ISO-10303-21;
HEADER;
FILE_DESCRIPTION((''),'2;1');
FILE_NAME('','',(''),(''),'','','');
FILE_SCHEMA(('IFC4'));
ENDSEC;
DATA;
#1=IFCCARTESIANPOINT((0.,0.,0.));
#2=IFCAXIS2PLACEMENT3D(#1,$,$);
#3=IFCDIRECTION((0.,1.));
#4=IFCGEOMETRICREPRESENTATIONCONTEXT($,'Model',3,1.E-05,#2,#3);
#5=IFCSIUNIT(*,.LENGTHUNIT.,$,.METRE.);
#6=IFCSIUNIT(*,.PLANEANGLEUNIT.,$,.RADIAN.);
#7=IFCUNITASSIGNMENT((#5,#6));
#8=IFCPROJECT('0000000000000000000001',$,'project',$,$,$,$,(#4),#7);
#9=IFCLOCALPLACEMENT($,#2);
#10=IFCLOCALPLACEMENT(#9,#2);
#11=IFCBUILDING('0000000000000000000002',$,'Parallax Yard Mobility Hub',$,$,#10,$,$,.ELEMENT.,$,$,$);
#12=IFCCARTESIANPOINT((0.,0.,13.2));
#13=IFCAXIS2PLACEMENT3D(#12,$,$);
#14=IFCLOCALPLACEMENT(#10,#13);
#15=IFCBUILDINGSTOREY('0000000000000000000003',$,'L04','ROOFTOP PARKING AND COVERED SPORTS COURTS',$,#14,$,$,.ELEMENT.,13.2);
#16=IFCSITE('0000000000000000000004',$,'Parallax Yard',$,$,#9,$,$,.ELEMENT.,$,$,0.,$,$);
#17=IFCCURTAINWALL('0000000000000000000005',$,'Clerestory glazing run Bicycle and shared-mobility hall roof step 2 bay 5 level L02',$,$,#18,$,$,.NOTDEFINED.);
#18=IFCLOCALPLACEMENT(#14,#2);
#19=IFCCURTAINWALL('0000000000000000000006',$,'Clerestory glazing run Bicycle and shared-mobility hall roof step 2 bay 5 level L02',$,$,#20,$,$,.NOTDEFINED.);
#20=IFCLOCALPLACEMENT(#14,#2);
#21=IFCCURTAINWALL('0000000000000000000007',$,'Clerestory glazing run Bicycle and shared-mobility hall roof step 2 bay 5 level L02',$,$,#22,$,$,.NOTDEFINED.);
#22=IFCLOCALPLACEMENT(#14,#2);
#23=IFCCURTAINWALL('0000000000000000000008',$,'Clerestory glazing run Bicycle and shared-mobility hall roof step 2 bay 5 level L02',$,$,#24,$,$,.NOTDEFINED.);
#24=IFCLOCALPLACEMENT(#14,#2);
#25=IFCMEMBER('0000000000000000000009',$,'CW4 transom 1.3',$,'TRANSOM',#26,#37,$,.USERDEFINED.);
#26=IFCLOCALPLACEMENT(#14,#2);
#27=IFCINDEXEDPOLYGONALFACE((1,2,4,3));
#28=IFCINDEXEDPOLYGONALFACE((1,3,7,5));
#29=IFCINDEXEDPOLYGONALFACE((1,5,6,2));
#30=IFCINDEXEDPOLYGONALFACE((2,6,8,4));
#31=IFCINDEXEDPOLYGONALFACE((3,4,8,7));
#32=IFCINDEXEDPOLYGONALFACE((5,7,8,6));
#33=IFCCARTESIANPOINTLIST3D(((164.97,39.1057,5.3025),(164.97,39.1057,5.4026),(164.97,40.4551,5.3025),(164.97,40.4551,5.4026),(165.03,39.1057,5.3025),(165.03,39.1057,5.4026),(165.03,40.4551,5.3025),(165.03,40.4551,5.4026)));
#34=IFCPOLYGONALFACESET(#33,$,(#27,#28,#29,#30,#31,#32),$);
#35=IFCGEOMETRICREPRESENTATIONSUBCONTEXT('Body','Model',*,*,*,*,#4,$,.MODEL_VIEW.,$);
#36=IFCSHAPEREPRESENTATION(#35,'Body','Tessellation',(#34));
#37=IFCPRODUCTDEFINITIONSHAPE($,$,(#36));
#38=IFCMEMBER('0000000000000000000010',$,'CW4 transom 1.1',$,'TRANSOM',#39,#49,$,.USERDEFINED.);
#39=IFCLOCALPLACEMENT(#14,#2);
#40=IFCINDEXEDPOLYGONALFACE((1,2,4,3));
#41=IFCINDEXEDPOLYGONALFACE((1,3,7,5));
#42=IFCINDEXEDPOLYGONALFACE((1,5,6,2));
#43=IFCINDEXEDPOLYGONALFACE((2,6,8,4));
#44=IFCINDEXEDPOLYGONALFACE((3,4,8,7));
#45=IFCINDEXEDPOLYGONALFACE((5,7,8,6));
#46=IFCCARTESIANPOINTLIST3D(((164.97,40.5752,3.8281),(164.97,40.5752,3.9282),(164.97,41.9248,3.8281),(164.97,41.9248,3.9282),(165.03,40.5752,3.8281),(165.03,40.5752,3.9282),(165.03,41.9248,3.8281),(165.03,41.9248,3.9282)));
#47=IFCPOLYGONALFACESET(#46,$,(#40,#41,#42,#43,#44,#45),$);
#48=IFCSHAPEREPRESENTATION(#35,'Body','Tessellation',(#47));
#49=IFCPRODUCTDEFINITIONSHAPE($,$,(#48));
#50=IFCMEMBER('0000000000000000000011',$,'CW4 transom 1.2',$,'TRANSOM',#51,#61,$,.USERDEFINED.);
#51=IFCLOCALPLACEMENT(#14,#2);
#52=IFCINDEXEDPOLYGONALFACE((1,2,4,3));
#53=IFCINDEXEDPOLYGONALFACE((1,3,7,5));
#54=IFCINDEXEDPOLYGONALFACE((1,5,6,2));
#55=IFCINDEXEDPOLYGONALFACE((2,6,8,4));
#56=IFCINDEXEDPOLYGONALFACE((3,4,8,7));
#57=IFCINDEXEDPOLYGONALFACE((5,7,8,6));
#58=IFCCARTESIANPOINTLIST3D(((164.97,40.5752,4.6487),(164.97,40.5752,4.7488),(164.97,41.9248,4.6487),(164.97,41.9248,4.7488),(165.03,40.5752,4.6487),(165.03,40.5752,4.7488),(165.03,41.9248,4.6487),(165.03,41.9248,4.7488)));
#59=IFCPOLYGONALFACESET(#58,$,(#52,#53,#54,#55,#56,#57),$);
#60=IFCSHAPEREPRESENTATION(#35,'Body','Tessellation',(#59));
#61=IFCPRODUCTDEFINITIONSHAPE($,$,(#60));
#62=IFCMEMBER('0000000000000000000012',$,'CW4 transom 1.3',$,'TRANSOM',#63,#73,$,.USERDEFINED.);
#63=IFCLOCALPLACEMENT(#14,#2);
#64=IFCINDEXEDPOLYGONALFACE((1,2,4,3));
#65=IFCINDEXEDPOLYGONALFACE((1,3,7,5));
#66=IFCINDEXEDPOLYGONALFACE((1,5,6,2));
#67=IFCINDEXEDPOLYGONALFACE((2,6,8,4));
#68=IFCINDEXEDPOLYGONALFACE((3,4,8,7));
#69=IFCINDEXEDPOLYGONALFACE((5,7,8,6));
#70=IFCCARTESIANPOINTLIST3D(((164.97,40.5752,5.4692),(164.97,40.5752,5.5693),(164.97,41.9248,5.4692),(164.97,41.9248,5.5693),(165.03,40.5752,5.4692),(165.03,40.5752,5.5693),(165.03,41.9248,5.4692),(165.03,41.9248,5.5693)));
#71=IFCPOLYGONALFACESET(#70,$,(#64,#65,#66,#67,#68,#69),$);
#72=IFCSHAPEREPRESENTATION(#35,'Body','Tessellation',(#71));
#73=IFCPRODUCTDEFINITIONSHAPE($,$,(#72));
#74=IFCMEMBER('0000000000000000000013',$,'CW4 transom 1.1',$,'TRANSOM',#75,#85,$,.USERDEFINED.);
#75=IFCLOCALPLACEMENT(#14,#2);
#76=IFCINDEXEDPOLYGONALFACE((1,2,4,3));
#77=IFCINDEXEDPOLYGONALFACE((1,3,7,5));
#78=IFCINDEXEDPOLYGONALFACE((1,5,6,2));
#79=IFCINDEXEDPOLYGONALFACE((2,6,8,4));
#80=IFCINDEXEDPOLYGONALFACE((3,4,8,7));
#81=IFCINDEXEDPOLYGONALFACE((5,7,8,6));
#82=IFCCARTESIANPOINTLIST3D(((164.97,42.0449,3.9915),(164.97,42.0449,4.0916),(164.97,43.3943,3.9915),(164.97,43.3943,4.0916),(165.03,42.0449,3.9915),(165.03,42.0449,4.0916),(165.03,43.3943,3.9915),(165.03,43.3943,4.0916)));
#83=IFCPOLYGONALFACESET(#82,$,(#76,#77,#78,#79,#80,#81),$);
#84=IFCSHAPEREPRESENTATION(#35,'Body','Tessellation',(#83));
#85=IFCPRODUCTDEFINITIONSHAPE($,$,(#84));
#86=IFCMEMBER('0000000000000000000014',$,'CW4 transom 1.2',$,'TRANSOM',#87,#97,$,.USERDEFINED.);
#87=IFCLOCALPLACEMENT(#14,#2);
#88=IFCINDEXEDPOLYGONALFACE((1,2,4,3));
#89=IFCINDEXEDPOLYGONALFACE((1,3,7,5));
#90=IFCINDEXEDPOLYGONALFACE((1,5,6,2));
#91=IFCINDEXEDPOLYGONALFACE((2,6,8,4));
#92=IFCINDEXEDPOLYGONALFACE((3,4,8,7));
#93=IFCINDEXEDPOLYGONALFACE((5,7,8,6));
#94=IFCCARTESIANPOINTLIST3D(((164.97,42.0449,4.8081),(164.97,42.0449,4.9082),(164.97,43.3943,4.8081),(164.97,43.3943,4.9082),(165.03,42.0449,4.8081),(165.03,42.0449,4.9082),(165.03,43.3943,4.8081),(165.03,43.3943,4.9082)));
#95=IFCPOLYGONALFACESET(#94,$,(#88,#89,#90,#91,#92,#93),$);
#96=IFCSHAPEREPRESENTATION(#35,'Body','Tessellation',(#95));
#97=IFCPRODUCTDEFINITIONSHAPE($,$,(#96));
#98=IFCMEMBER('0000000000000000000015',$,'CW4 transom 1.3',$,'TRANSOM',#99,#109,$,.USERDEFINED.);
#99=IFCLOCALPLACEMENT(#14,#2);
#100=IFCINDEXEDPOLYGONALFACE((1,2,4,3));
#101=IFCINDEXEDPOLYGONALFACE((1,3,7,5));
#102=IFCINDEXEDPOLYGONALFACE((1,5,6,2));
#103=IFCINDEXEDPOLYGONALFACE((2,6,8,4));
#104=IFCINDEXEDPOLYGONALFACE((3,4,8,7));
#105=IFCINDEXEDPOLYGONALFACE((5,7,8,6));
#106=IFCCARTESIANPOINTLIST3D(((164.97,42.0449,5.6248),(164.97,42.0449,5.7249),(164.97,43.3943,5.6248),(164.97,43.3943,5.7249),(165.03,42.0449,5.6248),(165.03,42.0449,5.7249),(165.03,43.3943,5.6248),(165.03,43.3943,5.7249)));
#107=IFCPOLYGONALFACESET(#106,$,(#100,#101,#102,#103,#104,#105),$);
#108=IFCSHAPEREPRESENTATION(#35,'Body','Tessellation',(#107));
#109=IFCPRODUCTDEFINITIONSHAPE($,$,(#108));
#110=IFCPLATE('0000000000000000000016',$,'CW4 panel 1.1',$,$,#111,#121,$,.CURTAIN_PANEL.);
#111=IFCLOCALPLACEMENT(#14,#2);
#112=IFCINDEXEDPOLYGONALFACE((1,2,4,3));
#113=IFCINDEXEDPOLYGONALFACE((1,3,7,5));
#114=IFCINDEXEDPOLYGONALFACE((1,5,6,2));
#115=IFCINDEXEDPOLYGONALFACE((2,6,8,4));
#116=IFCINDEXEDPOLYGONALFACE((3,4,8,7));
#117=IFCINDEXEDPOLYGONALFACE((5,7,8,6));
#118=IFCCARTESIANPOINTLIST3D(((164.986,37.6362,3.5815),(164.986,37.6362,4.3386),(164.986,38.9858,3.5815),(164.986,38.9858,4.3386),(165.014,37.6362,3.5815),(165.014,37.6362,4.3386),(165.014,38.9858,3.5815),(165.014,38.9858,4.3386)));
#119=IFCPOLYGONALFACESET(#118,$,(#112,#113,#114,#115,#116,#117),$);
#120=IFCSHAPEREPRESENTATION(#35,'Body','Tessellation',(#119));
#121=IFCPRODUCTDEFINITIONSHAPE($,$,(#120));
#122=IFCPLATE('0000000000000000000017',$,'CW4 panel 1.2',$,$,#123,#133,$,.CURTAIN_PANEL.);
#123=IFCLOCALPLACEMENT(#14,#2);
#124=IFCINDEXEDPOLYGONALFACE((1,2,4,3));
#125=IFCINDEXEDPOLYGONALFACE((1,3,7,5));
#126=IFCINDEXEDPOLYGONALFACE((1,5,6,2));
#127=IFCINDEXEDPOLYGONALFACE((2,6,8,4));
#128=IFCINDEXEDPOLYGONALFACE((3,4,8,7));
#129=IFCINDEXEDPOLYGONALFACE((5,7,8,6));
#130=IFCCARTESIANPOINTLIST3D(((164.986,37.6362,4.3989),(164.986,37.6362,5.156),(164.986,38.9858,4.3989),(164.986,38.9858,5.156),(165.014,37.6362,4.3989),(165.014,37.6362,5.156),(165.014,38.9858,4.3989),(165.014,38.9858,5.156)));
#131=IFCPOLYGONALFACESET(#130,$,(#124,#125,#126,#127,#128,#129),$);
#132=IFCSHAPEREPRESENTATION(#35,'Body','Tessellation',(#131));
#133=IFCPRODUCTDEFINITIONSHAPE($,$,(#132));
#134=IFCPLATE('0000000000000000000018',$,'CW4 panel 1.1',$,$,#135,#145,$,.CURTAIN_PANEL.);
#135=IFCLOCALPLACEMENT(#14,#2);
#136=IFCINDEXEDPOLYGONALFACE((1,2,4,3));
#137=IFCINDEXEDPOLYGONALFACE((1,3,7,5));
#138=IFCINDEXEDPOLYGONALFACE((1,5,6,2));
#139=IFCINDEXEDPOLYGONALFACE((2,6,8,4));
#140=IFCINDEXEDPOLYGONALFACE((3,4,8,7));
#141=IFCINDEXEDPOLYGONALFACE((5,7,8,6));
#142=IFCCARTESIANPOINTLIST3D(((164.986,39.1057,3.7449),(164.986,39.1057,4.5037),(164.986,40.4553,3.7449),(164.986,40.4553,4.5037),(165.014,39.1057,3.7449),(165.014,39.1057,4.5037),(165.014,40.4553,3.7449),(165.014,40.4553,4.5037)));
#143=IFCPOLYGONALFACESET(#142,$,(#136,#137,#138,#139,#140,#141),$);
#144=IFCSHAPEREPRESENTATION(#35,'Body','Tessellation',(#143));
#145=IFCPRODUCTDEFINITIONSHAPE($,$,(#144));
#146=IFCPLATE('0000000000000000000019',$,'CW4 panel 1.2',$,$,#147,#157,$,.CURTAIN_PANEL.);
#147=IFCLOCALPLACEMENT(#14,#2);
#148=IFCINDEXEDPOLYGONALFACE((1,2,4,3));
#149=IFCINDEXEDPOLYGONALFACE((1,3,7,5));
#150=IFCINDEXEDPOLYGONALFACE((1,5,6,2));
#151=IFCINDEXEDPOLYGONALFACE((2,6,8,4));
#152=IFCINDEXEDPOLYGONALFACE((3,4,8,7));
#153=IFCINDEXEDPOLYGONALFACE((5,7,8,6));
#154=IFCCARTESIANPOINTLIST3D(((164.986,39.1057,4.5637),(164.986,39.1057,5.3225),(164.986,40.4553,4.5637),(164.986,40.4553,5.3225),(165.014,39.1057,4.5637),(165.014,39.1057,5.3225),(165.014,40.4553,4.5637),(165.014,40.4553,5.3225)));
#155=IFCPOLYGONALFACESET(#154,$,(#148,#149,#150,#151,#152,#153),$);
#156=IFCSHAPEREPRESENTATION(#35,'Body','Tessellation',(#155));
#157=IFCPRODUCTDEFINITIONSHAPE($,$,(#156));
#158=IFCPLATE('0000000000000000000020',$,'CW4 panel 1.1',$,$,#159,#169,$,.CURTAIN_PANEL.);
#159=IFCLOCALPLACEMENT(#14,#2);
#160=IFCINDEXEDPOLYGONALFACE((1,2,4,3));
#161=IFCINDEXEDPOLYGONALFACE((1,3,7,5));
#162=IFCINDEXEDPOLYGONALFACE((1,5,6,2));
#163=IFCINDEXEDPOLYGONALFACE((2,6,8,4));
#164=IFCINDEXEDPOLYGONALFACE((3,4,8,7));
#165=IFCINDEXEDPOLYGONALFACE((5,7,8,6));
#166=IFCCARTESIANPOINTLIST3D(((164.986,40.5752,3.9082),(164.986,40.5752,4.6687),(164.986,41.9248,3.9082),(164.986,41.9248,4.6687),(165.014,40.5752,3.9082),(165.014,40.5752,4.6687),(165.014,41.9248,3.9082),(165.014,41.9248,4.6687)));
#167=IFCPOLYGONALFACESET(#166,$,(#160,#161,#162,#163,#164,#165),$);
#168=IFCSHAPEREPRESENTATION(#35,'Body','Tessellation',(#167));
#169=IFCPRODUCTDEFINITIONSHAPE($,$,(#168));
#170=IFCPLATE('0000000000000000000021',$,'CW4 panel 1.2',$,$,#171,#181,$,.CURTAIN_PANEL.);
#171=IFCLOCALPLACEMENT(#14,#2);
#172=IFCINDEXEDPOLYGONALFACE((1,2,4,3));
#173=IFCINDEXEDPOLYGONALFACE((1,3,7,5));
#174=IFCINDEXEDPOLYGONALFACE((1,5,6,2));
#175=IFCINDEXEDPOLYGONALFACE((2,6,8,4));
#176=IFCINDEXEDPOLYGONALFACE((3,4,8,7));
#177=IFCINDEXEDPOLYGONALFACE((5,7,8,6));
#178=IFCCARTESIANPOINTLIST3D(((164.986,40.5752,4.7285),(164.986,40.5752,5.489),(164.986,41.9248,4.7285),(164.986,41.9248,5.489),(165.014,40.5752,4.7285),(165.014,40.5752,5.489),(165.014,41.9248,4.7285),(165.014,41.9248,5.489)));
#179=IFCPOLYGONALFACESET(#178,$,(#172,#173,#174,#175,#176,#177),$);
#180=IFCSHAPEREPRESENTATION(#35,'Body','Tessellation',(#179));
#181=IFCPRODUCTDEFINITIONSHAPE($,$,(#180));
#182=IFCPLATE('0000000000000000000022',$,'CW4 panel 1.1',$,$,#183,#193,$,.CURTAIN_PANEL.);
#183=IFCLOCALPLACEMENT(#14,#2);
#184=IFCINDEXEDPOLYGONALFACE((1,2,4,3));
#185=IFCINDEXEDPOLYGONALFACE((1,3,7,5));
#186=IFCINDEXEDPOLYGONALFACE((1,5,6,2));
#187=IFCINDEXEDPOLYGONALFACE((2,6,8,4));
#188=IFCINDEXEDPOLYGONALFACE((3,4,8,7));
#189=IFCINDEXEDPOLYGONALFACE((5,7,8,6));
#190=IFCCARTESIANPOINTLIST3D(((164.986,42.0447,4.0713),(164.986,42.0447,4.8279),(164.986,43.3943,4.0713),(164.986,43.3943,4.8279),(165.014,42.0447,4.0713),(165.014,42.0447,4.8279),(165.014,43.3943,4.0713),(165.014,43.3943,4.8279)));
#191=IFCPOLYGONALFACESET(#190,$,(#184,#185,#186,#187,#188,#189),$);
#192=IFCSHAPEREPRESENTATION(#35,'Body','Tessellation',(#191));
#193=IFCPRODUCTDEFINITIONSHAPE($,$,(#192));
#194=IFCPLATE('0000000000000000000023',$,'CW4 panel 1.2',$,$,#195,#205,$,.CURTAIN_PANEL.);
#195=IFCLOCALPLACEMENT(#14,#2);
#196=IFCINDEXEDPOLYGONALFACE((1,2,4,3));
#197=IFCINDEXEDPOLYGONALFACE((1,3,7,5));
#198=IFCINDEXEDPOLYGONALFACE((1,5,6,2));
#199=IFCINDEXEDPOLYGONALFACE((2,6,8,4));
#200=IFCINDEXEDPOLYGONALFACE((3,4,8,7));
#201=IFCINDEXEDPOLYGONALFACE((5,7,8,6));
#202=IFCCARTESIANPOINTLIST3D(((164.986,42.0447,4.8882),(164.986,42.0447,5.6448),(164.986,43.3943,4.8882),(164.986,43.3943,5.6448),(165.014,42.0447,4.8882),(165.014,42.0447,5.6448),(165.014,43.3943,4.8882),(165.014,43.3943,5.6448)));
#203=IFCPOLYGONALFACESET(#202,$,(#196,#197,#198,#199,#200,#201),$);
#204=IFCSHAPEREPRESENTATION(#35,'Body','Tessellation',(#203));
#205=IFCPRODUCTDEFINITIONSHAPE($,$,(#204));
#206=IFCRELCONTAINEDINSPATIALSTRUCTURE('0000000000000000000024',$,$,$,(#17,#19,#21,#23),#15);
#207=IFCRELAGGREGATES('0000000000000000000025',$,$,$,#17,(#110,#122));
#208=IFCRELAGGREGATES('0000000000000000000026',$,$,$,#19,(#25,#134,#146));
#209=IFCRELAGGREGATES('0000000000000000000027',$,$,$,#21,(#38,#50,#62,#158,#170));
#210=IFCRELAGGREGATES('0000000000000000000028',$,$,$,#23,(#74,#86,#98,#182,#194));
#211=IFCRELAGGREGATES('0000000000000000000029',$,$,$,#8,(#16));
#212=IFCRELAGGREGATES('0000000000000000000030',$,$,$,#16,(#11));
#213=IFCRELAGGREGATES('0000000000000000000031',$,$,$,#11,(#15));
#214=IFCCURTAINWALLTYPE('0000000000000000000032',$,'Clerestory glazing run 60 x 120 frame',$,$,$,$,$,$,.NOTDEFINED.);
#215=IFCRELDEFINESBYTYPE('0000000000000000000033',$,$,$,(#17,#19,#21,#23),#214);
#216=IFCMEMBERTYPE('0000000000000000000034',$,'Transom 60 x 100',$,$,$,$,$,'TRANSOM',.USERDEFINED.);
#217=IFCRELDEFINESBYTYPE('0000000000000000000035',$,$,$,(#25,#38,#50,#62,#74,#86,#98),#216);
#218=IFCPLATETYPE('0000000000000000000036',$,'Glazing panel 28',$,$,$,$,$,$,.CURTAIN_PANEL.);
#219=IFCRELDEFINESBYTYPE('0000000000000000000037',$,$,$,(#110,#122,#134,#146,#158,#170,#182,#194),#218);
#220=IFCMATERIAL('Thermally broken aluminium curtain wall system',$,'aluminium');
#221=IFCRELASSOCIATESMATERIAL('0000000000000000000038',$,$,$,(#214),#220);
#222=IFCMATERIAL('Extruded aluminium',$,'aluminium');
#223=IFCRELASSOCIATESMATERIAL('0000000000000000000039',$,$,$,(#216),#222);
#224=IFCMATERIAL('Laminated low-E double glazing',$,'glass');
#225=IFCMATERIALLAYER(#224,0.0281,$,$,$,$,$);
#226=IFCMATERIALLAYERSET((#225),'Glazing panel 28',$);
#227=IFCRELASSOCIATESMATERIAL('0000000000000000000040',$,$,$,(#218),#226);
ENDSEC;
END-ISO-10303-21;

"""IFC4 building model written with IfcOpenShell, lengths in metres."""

from ifc_helpers import new_model, si_unit, direction, frame, origin, origin_2d, place, context, subcontext, project, spatial, rectangle, extrude, material, layer, layer_set, material_profile, profile_set, type_object, element, aggregate, save


model = new_model("IFC4")

# Units and contexts
model_context = context("Model", 3, precision=1e-05, world=origin(), true_north=direction((0.0, 1.0)))
body_context = subcontext(model_context, "Body", "Model", "MODEL_VIEW")
ifc_project = project(units=[si_unit("LENGTHUNIT", "METRE"), si_unit("PLANEANGLEUNIT", "RADIAN")], contexts=[model_context])

# Site, building, storey
site_placement = place(None, origin())
site = spatial("IfcSite", under=ifc_project, at=site_placement, Name="Parallax Yard", CompositionType="ELEMENT", RefElevation=0.0)
building_placement = place(site_placement, origin())
building = spatial("IfcBuilding", under=site, at=building_placement, Name="Parallax Yard Mobility Hub", CompositionType="ELEMENT")
storey_placement = place(building_placement, frame((0.0, 0.0, 13.2)))
storey = spatial("IfcBuildingStorey", under=building, at=storey_placement, Name="L04", Description="ROOFTOP PARKING AND COVERED SPORTS COURTS", CompositionType="ELEMENT", Elevation=13.2)

# Curtain wall
ifc_material_1 = material(Name="Thermally broken aluminium curtain wall system", Category="aluminium")
curtain_wall_type = type_object("IfcCurtainWallType", Name="Clerestory glazing run 60 x 120 frame", PredefinedType="NOTDEFINED", material=ifc_material_1)
curtain_wall_1_placement = place(storey_placement, origin())
curtain_wall_1 = element("IfcCurtainWall", 1, at=curtain_wall_1_placement, inside=storey, type_object=curtain_wall_type, Name="Clerestory glazing run Bicycle and shared-mobility hall roof step 2 bay 5 level L02", PredefinedType="NOTDEFINED")
ifc_material_2 = material(Name="Extruded aluminium", Category="aluminium")

# Curtain walls
curtain_wall_2_placement = place(storey_placement, origin())
curtain_wall_2 = element("IfcCurtainWall", 2, at=curtain_wall_2_placement, inside=storey, type_object=curtain_wall_type, Name="Clerestory glazing run Bicycle and shared-mobility hall roof step 2 bay 5 level L02", PredefinedType="NOTDEFINED")
curtain_wall_3_placement = place(storey_placement, origin())
curtain_wall_3 = element("IfcCurtainWall", 3, at=curtain_wall_3_placement, inside=storey, type_object=curtain_wall_type, Name="Clerestory glazing run Bicycle and shared-mobility hall roof step 2 bay 5 level L02", PredefinedType="NOTDEFINED")
curtain_wall_4_placement = place(storey_placement, origin())
curtain_wall_4 = element("IfcCurtainWall", 4, at=curtain_wall_4_placement, inside=storey, type_object=curtain_wall_type, Name="Clerestory glazing run Bicycle and shared-mobility hall roof step 2 bay 5 level L02", PredefinedType="NOTDEFINED")

# Members
ifc_material_profile_1 = material_profile(ifc_material_2, rectangle(XDim=0.0601, YDim=0.1001, at=origin_2d()), Name="Transom 60 x 100")
ifc_profile_set_1 = profile_set([ifc_material_profile_1], Name="Extruded aluminium")
member_type_1 = type_object("IfcMemberType", Name="Transom 60 x 100", ElementType="TRANSOM", PredefinedType="USERDEFINED", material=ifc_profile_set_1)
member_1_placement = place(storey_placement, frame((165.0, 39.1057, 5.3525), z_axis=(0.0, 1.0, 0.0), x_axis=(-1.0, 0.0, 0.0)))
member_1 = element("IfcMember", 5, at=member_1_placement, type_object=member_type_1, Name="CW4 transom 1.3", ObjectType="TRANSOM", PredefinedType="USERDEFINED", context=body_context, shape_type="SweptSolid", body=[
    extrude(rectangle(XDim=0.0601, YDim=0.1001, at=origin_2d()), origin(), (0.0, 0.0, 1.0), 1.3494),
])
member_2_placement = place(storey_placement, frame((165.0, 40.5752, 3.8782), z_axis=(0.0, 1.0, 0.0), x_axis=(-1.0, 0.0, 0.0)))
member_2 = element("IfcMember", 6, at=member_2_placement, type_object=member_type_1, Name="CW4 transom 1.1", ObjectType="TRANSOM", PredefinedType="USERDEFINED", context=body_context, shape_type="SweptSolid", body=[
    extrude(rectangle(XDim=0.0601, YDim=0.1001, at=origin_2d()), origin(), (0.0, 0.0, 1.0), 1.3496),
])
member_3_placement = place(storey_placement, frame((165.0, 40.5752, 4.6987), z_axis=(0.0, 1.0, 0.0), x_axis=(-1.0, 0.0, 0.0)))
member_3 = element("IfcMember", 7, at=member_3_placement, type_object=member_type_1, Name="CW4 transom 1.2", ObjectType="TRANSOM", PredefinedType="USERDEFINED", context=body_context, shape_type="SweptSolid", body=[
    extrude(rectangle(XDim=0.0601, YDim=0.1001, at=origin_2d()), origin(), (0.0, 0.0, 1.0), 1.3496),
])
member_4_placement = place(storey_placement, frame((165.0, 40.5752, 5.5193), z_axis=(0.0, 1.0, 0.0), x_axis=(-1.0, 0.0, 0.0)))
member_4 = element("IfcMember", 8, at=member_4_placement, type_object=member_type_1, Name="CW4 transom 1.3", ObjectType="TRANSOM", PredefinedType="USERDEFINED", context=body_context, shape_type="SweptSolid", body=[
    extrude(rectangle(XDim=0.0601, YDim=0.1001, at=origin_2d()), origin(), (0.0, 0.0, 1.0), 1.3496),
])
member_5_placement = place(storey_placement, frame((165.0, 42.0449, 4.0415), z_axis=(0.0, 1.0, 0.0), x_axis=(-1.0, 0.0, 0.0)))
member_5 = element("IfcMember", 9, at=member_5_placement, type_object=member_type_1, Name="CW4 transom 1.1", ObjectType="TRANSOM", PredefinedType="USERDEFINED", context=body_context, shape_type="SweptSolid", body=[
    extrude(rectangle(XDim=0.0601, YDim=0.1001, at=origin_2d()), origin(), (0.0, 0.0, 1.0), 1.3494),
])
member_6_placement = place(storey_placement, frame((165.0, 42.0449, 4.8582), z_axis=(0.0, 1.0, 0.0), x_axis=(-1.0, 0.0, 0.0)))
member_6 = element("IfcMember", 10, at=member_6_placement, type_object=member_type_1, Name="CW4 transom 1.2", ObjectType="TRANSOM", PredefinedType="USERDEFINED", context=body_context, shape_type="SweptSolid", body=[
    extrude(rectangle(XDim=0.0601, YDim=0.1001, at=origin_2d()), origin(), (0.0, 0.0, 1.0), 1.3494),
])
member_7_placement = place(storey_placement, frame((165.0, 42.0449, 5.6748), z_axis=(0.0, 1.0, 0.0), x_axis=(-1.0, 0.0, 0.0)))
member_7 = element("IfcMember", 11, at=member_7_placement, type_object=member_type_1, Name="CW4 transom 1.3", ObjectType="TRANSOM", PredefinedType="USERDEFINED", context=body_context, shape_type="SweptSolid", body=[
    extrude(rectangle(XDim=0.0601, YDim=0.1001, at=origin_2d()), origin(), (0.0, 0.0, 1.0), 1.3494),
])

# Plates
ifc_material_3 = material(Name="Laminated low-E double glazing", Category="glass")
ifc_layer_1 = layer(ifc_material_3, 0.0281)
ifc_layer_set_1 = layer_set([ifc_layer_1], Name="Glazing panel 28")
plate_type = type_object("IfcPlateType", Name="Glazing panel 28", PredefinedType="CURTAIN_PANEL", material=ifc_layer_set_1)
plate_1_placement = place(storey_placement, frame((165.0, 38.311, 3.5815), z_axis=(0.0, 0.0, 1.0), x_axis=(0.0, 1.0, 0.0)))
plate_1 = element("IfcPlate", 12, at=plate_1_placement, type_object=plate_type, Name="CW4 panel 1.1", PredefinedType="CURTAIN_PANEL", context=body_context, shape_type="SweptSolid", body=[
    extrude(rectangle(XDim=1.3496, YDim=0.0281, at=origin_2d()), origin(), (0.0, 0.0, 1.0), 0.7571),
])
plate_2_placement = place(storey_placement, frame((165.0, 38.311, 4.3989), z_axis=(0.0, 0.0, 1.0), x_axis=(0.0, 1.0, 0.0)))
plate_2 = element("IfcPlate", 13, at=plate_2_placement, type_object=plate_type, Name="CW4 panel 1.2", PredefinedType="CURTAIN_PANEL", context=body_context, shape_type="SweptSolid", body=[
    extrude(rectangle(XDim=1.3496, YDim=0.0281, at=origin_2d()), origin(), (0.0, 0.0, 1.0), 0.7571),
])
aggregate(curtain_wall_1, [plate_1, plate_2])
plate_3_placement = place(storey_placement, frame((165.0, 39.7805, 3.7449), z_axis=(0.0, 0.0, 1.0), x_axis=(0.0, 1.0, 0.0)))
plate_3 = element("IfcPlate", 14, at=plate_3_placement, type_object=plate_type, Name="CW4 panel 1.1", PredefinedType="CURTAIN_PANEL", context=body_context, shape_type="SweptSolid", body=[
    extrude(rectangle(XDim=1.3496, YDim=0.0281, at=origin_2d()), origin(), (0.0, 0.0, 1.0), 0.7588),
])
plate_4_placement = place(storey_placement, frame((165.0, 39.7805, 4.5637), z_axis=(0.0, 0.0, 1.0), x_axis=(0.0, 1.0, 0.0)))
plate_4 = element("IfcPlate", 15, at=plate_4_placement, type_object=plate_type, Name="CW4 panel 1.2", PredefinedType="CURTAIN_PANEL", context=body_context, shape_type="SweptSolid", body=[
    extrude(rectangle(XDim=1.3496, YDim=0.0281, at=origin_2d()), origin(), (0.0, 0.0, 1.0), 0.7588),
])
aggregate(curtain_wall_2, [member_1, plate_3, plate_4])
plate_5_placement = place(storey_placement, frame((165.0, 41.25, 3.9082), z_axis=(0.0, 0.0, 1.0), x_axis=(0.0, 1.0, 0.0)))
plate_5 = element("IfcPlate", 16, at=plate_5_placement, type_object=plate_type, Name="CW4 panel 1.1", PredefinedType="CURTAIN_PANEL", context=body_context, shape_type="SweptSolid", body=[
    extrude(rectangle(XDim=1.3496, YDim=0.0281, at=origin_2d()), origin(), (0.0, 0.0, 1.0), 0.7605),
])
plate_6_placement = place(storey_placement, frame((165.0, 41.25, 4.7285), z_axis=(0.0, 0.0, 1.0), x_axis=(0.0, 1.0, 0.0)))
plate_6 = element("IfcPlate", 17, at=plate_6_placement, type_object=plate_type, Name="CW4 panel 1.2", PredefinedType="CURTAIN_PANEL", context=body_context, shape_type="SweptSolid", body=[
    extrude(rectangle(XDim=1.3496, YDim=0.0281, at=origin_2d()), origin(), (0.0, 0.0, 1.0), 0.7605),
])
aggregate(curtain_wall_3, [member_2, member_3, member_4, plate_5, plate_6])
plate_7_placement = place(storey_placement, frame((165.0, 42.7195, 4.0713), z_axis=(0.0, 0.0, 1.0), x_axis=(0.0, 1.0, 0.0)))
plate_7 = element("IfcPlate", 18, at=plate_7_placement, type_object=plate_type, Name="CW4 panel 1.1", PredefinedType="CURTAIN_PANEL", context=body_context, shape_type="SweptSolid", body=[
    extrude(rectangle(XDim=1.3496, YDim=0.0281, at=origin_2d()), origin(), (0.0, 0.0, 1.0), 0.7566),
])
plate_8_placement = place(storey_placement, frame((165.0, 42.7195, 4.8882), z_axis=(0.0, 0.0, 1.0), x_axis=(0.0, 1.0, 0.0)))
plate_8 = element("IfcPlate", 19, at=plate_8_placement, type_object=plate_type, Name="CW4 panel 1.2", PredefinedType="CURTAIN_PANEL", context=body_context, shape_type="SweptSolid", body=[
    extrude(rectangle(XDim=1.3496, YDim=0.0281, at=origin_2d()), origin(), (0.0, 0.0, 1.0), 0.7566),
])
aggregate(curtain_wall_4, [member_5, member_6, member_7, plate_7, plate_8])

save(model, "model.ifc")
